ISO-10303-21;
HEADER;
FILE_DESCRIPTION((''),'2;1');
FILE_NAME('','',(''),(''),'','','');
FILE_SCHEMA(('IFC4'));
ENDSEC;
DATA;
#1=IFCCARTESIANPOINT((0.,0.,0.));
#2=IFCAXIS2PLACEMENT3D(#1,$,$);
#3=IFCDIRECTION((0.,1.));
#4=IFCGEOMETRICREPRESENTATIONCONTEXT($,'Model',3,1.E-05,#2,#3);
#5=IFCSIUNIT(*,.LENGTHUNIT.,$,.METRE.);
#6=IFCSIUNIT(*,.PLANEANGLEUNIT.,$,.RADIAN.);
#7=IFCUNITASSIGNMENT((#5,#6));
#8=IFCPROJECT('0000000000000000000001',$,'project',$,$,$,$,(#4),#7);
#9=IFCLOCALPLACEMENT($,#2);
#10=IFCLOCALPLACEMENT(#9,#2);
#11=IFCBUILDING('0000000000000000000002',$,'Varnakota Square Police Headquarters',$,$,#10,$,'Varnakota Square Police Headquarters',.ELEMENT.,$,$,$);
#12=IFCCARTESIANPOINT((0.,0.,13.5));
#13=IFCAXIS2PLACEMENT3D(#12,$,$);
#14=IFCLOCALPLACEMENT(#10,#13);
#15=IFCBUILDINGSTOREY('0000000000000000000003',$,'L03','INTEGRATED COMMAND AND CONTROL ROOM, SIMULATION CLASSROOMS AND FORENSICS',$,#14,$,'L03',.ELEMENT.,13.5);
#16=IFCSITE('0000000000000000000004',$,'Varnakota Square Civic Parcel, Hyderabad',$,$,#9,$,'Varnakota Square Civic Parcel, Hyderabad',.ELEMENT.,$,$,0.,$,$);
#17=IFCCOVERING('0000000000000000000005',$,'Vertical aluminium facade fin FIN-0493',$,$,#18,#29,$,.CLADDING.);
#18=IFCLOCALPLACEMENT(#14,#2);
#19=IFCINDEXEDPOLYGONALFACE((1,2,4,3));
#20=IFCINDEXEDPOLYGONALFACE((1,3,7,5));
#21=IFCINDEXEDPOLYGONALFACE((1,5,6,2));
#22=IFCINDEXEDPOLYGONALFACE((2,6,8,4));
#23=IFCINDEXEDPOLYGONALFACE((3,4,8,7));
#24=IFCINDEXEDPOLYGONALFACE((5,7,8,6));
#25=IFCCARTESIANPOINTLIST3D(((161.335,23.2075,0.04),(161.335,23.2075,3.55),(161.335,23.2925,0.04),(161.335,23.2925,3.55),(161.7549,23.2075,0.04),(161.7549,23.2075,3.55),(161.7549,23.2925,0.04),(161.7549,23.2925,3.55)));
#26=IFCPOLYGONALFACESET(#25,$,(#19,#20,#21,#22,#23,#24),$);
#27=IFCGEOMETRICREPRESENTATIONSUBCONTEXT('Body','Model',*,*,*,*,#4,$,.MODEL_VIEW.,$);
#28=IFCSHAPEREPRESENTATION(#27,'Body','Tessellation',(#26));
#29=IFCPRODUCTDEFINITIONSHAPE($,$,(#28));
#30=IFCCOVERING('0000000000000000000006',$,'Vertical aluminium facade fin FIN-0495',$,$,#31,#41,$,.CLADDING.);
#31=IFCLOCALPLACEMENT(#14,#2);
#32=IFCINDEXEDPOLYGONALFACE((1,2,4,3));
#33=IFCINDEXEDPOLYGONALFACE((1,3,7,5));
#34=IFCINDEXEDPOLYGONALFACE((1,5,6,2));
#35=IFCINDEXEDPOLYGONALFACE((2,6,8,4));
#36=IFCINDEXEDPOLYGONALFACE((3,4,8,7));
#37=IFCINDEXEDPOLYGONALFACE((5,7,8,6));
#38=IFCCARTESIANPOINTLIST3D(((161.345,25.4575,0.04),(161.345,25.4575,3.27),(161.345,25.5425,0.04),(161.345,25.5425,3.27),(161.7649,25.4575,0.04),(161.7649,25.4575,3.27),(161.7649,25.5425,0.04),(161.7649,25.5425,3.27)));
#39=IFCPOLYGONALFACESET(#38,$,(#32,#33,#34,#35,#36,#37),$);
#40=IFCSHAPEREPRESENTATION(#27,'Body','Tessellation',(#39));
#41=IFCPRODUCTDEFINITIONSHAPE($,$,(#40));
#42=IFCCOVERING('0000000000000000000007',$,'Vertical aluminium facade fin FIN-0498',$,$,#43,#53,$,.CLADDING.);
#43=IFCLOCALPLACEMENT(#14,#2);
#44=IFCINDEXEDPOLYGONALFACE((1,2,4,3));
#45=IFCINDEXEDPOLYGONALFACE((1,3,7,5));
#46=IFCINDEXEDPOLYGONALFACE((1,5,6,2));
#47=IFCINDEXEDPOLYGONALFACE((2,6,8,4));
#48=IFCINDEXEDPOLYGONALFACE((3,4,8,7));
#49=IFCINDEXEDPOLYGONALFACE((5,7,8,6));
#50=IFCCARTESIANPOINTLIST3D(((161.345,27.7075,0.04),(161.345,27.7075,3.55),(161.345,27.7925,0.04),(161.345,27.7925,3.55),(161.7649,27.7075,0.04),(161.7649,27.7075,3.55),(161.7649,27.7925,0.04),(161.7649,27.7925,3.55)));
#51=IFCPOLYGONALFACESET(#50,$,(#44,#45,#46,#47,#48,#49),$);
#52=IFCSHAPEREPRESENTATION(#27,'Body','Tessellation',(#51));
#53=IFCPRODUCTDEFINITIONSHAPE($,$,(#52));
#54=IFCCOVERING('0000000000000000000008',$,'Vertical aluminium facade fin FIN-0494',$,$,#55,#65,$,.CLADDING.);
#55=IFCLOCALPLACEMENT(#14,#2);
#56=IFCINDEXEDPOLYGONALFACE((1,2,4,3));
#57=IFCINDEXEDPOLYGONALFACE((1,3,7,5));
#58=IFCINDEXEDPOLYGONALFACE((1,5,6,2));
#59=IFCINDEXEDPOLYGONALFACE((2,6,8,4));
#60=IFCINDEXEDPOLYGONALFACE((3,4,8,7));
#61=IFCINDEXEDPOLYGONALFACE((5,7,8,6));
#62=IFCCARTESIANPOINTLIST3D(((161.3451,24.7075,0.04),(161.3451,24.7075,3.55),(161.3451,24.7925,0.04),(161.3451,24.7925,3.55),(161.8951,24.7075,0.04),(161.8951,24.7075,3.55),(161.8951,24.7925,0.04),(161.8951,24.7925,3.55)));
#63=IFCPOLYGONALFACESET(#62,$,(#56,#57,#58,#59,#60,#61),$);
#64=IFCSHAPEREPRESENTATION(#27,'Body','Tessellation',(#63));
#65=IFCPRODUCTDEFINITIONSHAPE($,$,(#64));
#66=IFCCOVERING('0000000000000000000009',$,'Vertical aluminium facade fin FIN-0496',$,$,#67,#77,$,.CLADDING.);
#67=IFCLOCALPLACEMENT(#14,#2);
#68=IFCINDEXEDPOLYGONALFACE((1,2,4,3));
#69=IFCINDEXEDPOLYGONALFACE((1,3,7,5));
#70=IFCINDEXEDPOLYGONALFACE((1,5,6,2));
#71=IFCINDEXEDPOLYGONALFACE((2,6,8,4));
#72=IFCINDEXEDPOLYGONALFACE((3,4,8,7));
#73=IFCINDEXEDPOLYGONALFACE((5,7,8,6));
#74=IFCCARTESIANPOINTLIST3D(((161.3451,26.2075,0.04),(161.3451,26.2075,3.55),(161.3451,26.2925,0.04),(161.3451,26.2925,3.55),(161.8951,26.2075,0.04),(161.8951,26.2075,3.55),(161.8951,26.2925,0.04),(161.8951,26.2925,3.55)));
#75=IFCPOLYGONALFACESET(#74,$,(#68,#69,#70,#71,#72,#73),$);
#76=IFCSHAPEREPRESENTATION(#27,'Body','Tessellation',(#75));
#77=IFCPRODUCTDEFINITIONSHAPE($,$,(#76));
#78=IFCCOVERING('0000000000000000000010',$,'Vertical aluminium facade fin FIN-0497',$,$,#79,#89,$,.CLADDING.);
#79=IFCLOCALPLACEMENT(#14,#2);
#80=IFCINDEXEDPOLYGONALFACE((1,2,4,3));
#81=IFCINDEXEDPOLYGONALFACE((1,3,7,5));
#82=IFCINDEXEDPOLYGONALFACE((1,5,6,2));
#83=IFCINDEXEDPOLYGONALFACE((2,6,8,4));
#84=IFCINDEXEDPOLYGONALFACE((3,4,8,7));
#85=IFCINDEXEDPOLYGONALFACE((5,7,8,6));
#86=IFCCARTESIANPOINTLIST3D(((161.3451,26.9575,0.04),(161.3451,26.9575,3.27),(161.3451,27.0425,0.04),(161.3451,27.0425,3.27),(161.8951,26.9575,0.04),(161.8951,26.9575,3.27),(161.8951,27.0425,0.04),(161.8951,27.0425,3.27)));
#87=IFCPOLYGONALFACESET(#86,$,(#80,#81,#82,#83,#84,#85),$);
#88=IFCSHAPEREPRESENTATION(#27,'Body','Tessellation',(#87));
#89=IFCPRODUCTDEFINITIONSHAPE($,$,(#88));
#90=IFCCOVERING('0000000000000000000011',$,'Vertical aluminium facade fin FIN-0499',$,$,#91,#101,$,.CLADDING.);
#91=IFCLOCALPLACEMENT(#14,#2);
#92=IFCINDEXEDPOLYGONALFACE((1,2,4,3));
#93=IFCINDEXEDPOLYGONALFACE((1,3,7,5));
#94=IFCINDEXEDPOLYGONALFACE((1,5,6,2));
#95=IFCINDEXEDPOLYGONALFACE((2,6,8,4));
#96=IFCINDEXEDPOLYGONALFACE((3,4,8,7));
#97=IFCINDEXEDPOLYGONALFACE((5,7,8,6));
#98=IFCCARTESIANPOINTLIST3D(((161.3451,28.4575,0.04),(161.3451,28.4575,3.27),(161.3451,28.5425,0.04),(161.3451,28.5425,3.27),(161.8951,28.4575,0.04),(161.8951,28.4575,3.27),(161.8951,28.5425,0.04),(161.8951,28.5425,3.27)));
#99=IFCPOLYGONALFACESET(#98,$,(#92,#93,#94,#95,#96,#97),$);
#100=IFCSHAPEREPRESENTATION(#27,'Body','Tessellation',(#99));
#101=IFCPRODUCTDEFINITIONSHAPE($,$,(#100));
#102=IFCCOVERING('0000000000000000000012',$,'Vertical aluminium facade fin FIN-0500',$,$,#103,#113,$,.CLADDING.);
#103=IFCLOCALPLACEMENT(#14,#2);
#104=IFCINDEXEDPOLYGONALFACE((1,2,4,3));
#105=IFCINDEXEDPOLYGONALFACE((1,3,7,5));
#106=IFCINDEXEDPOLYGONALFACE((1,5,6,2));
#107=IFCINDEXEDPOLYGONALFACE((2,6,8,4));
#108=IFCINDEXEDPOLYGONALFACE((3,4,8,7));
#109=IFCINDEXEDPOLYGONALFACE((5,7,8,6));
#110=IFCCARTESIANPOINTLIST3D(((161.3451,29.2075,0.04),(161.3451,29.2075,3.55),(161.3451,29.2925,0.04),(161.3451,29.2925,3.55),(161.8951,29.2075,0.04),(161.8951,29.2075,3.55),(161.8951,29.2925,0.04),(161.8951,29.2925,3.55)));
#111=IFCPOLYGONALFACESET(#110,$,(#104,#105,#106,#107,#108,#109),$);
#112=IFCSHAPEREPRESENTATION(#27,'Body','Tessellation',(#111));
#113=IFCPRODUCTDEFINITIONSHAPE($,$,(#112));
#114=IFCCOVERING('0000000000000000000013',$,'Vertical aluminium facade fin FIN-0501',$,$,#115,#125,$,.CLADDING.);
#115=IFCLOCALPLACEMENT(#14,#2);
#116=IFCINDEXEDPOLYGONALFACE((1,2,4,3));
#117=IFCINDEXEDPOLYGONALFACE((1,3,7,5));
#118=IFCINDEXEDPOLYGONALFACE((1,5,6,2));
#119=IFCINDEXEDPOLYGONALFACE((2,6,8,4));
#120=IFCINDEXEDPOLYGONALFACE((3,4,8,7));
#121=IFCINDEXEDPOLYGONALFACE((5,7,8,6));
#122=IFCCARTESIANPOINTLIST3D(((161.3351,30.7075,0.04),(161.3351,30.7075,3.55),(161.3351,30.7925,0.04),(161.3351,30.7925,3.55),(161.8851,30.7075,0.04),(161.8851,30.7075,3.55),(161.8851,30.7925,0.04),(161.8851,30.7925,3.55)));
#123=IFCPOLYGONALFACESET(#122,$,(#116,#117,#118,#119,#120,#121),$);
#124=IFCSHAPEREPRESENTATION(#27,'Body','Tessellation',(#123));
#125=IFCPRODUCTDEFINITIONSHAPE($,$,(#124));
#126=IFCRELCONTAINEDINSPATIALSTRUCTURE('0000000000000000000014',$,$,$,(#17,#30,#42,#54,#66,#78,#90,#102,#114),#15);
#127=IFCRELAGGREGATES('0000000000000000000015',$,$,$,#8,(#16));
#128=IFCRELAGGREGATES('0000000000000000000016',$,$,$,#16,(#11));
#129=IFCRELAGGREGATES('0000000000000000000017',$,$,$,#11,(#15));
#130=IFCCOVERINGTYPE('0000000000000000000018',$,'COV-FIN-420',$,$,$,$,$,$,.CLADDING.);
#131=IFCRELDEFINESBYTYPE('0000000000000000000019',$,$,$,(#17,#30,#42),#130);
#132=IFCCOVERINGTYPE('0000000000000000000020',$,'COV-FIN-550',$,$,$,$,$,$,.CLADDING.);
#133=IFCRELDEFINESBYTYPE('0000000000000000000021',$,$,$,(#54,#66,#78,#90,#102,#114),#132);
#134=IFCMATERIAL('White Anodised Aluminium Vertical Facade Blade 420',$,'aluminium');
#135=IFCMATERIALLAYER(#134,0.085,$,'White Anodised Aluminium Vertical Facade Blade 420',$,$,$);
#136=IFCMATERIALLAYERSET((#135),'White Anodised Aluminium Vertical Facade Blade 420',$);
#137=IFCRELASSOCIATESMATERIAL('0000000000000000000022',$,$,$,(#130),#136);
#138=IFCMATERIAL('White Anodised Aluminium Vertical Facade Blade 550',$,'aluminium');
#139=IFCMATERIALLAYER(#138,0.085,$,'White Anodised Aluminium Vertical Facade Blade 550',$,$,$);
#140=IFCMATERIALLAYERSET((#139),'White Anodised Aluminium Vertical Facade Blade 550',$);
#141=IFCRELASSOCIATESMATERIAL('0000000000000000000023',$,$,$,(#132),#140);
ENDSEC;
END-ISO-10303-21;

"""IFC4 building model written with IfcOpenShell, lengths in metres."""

from ifc_helpers import new_model, si_unit, direction, frame, origin, origin_2d, place, context, subcontext, project, spatial, rectangle, extrude, material, layer, layer_set, type_object, element, save


model = new_model("IFC4")

# Units and contexts
model_context = context("Model", 3, precision=1e-05, world=origin(), true_north=direction((0.0, 1.0)))
body_context = subcontext(model_context, "Body", "Model", "MODEL_VIEW")
ifc_project = project(units=[si_unit("LENGTHUNIT", "METRE"), si_unit("PLANEANGLEUNIT", "RADIAN")], contexts=[model_context])

# Site, building, storey
site_placement = place(None, origin())
site = spatial("IfcSite", under=ifc_project, at=site_placement, Name="Varnakota Square Civic Parcel, Hyderabad", LongName="Varnakota Square Civic Parcel, Hyderabad", CompositionType="ELEMENT", RefElevation=0.0)
building_placement = place(site_placement, origin())
building = spatial("IfcBuilding", under=site, at=building_placement, Name="Varnakota Square Police Headquarters", LongName="Varnakota Square Police Headquarters", CompositionType="ELEMENT")
storey_placement = place(building_placement, frame((0.0, 0.0, 13.5)))
storey = spatial("IfcBuildingStorey", under=building, at=storey_placement, Name="L03", Description="INTEGRATED COMMAND AND CONTROL ROOM, SIMULATION CLASSROOMS AND FORENSICS", LongName="L03", CompositionType="ELEMENT", Elevation=13.5)

# Coverings
ifc_material_1 = material(Name="White Anodised Aluminium Vertical Facade Blade 420", Category="aluminium")
ifc_layer_1 = layer(ifc_material_1, 0.085, Name="White Anodised Aluminium Vertical Facade Blade 420")
ifc_layer_set_1 = layer_set([ifc_layer_1], Name="White Anodised Aluminium Vertical Facade Blade 420")
covering_type_1 = type_object("IfcCoveringType", Name="COV-FIN-420", PredefinedType="CLADDING", material=ifc_layer_set_1)
covering_1_placement = place(storey_placement, frame((161.5449, 23.25, 0.04), z_axis=(0.0, 0.0, 1.0), x_axis=(0.0, 1.0, 0.0)))
element("IfcCovering", 1, at=covering_1_placement, inside=storey, type_object=covering_type_1, Name="Vertical aluminium facade fin FIN-0493", PredefinedType="CLADDING", context=body_context, shape_type="SweptSolid", body=[
    extrude(rectangle(XDim=0.085, YDim=0.4199, at=origin_2d()), origin(), (0.0, 0.0, 1.0), 3.51),
])
covering_2_placement = place(storey_placement, frame((161.5549, 25.5, 0.04), z_axis=(0.0, 0.0, 1.0), x_axis=(0.0, 1.0, 0.0)))
element("IfcCovering", 2, at=covering_2_placement, inside=storey, type_object=covering_type_1, Name="Vertical aluminium facade fin FIN-0495", PredefinedType="CLADDING", context=body_context, shape_type="SweptSolid", body=[
    extrude(rectangle(XDim=0.085, YDim=0.4199, at=origin_2d()), origin(), (0.0, 0.0, 1.0), 3.23),
])
covering_3_placement = place(storey_placement, frame((161.5549, 27.75, 0.04), z_axis=(0.0, 0.0, 1.0), x_axis=(0.0, 1.0, 0.0)))
element("IfcCovering", 3, at=covering_3_placement, inside=storey, type_object=covering_type_1, Name="Vertical aluminium facade fin FIN-0498", PredefinedType="CLADDING", context=body_context, shape_type="SweptSolid", body=[
    extrude(rectangle(XDim=0.085, YDim=0.4199, at=origin_2d()), origin(), (0.0, 0.0, 1.0), 3.51),
])
ifc_material_2 = material(Name="White Anodised Aluminium Vertical Facade Blade 550", Category="aluminium")
ifc_layer_2 = layer(ifc_material_2, 0.085, Name="White Anodised Aluminium Vertical Facade Blade 550")
ifc_layer_set_2 = layer_set([ifc_layer_2], Name="White Anodised Aluminium Vertical Facade Blade 550")
covering_type_2 = type_object("IfcCoveringType", Name="COV-FIN-550", PredefinedType="CLADDING", material=ifc_layer_set_2)
for number, where, z_axis, x_axis, name in (
    (4, (161.6201, 24.75, 0.04), (0.0, 0.0, 1.0), (0.0, 1.0, 0.0), "Vertical aluminium facade fin FIN-0494"),
    (5, (161.6201, 26.25, 0.04), (0.0, 0.0, 1.0), (0.0, 1.0, 0.0), "Vertical aluminium facade fin FIN-0496"),
):
    element("IfcCovering", number, at=place(storey_placement, frame(where, z_axis=z_axis, x_axis=x_axis)), inside=storey, type_object=covering_type_2, Name=name, PredefinedType="CLADDING", context=body_context, shape_type="SweptSolid", body=[
        extrude(rectangle(XDim=0.085, YDim=0.55, at=origin_2d()), origin(), (0.0, 0.0, 1.0), 3.51),
    ])
for number, where, z_axis, x_axis, name in (
    (6, (161.6201, 27.0, 0.04), (0.0, 0.0, 1.0), (0.0, 1.0, 0.0), "Vertical aluminium facade fin FIN-0497"),
    (7, (161.6201, 28.5, 0.04), (0.0, 0.0, 1.0), (0.0, 1.0, 0.0), "Vertical aluminium facade fin FIN-0499"),
):
    element("IfcCovering", number, at=place(storey_placement, frame(where, z_axis=z_axis, x_axis=x_axis)), inside=storey, type_object=covering_type_2, Name=name, PredefinedType="CLADDING", context=body_context, shape_type="SweptSolid", body=[
        extrude(rectangle(XDim=0.085, YDim=0.55, at=origin_2d()), origin(), (0.0, 0.0, 1.0), 3.23),
    ])
for number, where, z_axis, x_axis, name in (
    (8, (161.6201, 29.25, 0.04), (0.0, 0.0, 1.0), (0.0, 1.0, 0.0), "Vertical aluminium facade fin FIN-0500"),
    (9, (161.6101, 30.75, 0.04), (0.0, 0.0, 1.0), (0.0, 1.0, 0.0), "Vertical aluminium facade fin FIN-0501"),
):
    element("IfcCovering", number, at=place(storey_placement, frame(where, z_axis=z_axis, x_axis=x_axis)), inside=storey, type_object=covering_type_2, Name=name, PredefinedType="CLADDING", context=body_context, shape_type="SweptSolid", body=[
        extrude(rectangle(XDim=0.085, YDim=0.55, at=origin_2d()), origin(), (0.0, 0.0, 1.0), 3.51),
    ])

save(model, "model.ifc")
